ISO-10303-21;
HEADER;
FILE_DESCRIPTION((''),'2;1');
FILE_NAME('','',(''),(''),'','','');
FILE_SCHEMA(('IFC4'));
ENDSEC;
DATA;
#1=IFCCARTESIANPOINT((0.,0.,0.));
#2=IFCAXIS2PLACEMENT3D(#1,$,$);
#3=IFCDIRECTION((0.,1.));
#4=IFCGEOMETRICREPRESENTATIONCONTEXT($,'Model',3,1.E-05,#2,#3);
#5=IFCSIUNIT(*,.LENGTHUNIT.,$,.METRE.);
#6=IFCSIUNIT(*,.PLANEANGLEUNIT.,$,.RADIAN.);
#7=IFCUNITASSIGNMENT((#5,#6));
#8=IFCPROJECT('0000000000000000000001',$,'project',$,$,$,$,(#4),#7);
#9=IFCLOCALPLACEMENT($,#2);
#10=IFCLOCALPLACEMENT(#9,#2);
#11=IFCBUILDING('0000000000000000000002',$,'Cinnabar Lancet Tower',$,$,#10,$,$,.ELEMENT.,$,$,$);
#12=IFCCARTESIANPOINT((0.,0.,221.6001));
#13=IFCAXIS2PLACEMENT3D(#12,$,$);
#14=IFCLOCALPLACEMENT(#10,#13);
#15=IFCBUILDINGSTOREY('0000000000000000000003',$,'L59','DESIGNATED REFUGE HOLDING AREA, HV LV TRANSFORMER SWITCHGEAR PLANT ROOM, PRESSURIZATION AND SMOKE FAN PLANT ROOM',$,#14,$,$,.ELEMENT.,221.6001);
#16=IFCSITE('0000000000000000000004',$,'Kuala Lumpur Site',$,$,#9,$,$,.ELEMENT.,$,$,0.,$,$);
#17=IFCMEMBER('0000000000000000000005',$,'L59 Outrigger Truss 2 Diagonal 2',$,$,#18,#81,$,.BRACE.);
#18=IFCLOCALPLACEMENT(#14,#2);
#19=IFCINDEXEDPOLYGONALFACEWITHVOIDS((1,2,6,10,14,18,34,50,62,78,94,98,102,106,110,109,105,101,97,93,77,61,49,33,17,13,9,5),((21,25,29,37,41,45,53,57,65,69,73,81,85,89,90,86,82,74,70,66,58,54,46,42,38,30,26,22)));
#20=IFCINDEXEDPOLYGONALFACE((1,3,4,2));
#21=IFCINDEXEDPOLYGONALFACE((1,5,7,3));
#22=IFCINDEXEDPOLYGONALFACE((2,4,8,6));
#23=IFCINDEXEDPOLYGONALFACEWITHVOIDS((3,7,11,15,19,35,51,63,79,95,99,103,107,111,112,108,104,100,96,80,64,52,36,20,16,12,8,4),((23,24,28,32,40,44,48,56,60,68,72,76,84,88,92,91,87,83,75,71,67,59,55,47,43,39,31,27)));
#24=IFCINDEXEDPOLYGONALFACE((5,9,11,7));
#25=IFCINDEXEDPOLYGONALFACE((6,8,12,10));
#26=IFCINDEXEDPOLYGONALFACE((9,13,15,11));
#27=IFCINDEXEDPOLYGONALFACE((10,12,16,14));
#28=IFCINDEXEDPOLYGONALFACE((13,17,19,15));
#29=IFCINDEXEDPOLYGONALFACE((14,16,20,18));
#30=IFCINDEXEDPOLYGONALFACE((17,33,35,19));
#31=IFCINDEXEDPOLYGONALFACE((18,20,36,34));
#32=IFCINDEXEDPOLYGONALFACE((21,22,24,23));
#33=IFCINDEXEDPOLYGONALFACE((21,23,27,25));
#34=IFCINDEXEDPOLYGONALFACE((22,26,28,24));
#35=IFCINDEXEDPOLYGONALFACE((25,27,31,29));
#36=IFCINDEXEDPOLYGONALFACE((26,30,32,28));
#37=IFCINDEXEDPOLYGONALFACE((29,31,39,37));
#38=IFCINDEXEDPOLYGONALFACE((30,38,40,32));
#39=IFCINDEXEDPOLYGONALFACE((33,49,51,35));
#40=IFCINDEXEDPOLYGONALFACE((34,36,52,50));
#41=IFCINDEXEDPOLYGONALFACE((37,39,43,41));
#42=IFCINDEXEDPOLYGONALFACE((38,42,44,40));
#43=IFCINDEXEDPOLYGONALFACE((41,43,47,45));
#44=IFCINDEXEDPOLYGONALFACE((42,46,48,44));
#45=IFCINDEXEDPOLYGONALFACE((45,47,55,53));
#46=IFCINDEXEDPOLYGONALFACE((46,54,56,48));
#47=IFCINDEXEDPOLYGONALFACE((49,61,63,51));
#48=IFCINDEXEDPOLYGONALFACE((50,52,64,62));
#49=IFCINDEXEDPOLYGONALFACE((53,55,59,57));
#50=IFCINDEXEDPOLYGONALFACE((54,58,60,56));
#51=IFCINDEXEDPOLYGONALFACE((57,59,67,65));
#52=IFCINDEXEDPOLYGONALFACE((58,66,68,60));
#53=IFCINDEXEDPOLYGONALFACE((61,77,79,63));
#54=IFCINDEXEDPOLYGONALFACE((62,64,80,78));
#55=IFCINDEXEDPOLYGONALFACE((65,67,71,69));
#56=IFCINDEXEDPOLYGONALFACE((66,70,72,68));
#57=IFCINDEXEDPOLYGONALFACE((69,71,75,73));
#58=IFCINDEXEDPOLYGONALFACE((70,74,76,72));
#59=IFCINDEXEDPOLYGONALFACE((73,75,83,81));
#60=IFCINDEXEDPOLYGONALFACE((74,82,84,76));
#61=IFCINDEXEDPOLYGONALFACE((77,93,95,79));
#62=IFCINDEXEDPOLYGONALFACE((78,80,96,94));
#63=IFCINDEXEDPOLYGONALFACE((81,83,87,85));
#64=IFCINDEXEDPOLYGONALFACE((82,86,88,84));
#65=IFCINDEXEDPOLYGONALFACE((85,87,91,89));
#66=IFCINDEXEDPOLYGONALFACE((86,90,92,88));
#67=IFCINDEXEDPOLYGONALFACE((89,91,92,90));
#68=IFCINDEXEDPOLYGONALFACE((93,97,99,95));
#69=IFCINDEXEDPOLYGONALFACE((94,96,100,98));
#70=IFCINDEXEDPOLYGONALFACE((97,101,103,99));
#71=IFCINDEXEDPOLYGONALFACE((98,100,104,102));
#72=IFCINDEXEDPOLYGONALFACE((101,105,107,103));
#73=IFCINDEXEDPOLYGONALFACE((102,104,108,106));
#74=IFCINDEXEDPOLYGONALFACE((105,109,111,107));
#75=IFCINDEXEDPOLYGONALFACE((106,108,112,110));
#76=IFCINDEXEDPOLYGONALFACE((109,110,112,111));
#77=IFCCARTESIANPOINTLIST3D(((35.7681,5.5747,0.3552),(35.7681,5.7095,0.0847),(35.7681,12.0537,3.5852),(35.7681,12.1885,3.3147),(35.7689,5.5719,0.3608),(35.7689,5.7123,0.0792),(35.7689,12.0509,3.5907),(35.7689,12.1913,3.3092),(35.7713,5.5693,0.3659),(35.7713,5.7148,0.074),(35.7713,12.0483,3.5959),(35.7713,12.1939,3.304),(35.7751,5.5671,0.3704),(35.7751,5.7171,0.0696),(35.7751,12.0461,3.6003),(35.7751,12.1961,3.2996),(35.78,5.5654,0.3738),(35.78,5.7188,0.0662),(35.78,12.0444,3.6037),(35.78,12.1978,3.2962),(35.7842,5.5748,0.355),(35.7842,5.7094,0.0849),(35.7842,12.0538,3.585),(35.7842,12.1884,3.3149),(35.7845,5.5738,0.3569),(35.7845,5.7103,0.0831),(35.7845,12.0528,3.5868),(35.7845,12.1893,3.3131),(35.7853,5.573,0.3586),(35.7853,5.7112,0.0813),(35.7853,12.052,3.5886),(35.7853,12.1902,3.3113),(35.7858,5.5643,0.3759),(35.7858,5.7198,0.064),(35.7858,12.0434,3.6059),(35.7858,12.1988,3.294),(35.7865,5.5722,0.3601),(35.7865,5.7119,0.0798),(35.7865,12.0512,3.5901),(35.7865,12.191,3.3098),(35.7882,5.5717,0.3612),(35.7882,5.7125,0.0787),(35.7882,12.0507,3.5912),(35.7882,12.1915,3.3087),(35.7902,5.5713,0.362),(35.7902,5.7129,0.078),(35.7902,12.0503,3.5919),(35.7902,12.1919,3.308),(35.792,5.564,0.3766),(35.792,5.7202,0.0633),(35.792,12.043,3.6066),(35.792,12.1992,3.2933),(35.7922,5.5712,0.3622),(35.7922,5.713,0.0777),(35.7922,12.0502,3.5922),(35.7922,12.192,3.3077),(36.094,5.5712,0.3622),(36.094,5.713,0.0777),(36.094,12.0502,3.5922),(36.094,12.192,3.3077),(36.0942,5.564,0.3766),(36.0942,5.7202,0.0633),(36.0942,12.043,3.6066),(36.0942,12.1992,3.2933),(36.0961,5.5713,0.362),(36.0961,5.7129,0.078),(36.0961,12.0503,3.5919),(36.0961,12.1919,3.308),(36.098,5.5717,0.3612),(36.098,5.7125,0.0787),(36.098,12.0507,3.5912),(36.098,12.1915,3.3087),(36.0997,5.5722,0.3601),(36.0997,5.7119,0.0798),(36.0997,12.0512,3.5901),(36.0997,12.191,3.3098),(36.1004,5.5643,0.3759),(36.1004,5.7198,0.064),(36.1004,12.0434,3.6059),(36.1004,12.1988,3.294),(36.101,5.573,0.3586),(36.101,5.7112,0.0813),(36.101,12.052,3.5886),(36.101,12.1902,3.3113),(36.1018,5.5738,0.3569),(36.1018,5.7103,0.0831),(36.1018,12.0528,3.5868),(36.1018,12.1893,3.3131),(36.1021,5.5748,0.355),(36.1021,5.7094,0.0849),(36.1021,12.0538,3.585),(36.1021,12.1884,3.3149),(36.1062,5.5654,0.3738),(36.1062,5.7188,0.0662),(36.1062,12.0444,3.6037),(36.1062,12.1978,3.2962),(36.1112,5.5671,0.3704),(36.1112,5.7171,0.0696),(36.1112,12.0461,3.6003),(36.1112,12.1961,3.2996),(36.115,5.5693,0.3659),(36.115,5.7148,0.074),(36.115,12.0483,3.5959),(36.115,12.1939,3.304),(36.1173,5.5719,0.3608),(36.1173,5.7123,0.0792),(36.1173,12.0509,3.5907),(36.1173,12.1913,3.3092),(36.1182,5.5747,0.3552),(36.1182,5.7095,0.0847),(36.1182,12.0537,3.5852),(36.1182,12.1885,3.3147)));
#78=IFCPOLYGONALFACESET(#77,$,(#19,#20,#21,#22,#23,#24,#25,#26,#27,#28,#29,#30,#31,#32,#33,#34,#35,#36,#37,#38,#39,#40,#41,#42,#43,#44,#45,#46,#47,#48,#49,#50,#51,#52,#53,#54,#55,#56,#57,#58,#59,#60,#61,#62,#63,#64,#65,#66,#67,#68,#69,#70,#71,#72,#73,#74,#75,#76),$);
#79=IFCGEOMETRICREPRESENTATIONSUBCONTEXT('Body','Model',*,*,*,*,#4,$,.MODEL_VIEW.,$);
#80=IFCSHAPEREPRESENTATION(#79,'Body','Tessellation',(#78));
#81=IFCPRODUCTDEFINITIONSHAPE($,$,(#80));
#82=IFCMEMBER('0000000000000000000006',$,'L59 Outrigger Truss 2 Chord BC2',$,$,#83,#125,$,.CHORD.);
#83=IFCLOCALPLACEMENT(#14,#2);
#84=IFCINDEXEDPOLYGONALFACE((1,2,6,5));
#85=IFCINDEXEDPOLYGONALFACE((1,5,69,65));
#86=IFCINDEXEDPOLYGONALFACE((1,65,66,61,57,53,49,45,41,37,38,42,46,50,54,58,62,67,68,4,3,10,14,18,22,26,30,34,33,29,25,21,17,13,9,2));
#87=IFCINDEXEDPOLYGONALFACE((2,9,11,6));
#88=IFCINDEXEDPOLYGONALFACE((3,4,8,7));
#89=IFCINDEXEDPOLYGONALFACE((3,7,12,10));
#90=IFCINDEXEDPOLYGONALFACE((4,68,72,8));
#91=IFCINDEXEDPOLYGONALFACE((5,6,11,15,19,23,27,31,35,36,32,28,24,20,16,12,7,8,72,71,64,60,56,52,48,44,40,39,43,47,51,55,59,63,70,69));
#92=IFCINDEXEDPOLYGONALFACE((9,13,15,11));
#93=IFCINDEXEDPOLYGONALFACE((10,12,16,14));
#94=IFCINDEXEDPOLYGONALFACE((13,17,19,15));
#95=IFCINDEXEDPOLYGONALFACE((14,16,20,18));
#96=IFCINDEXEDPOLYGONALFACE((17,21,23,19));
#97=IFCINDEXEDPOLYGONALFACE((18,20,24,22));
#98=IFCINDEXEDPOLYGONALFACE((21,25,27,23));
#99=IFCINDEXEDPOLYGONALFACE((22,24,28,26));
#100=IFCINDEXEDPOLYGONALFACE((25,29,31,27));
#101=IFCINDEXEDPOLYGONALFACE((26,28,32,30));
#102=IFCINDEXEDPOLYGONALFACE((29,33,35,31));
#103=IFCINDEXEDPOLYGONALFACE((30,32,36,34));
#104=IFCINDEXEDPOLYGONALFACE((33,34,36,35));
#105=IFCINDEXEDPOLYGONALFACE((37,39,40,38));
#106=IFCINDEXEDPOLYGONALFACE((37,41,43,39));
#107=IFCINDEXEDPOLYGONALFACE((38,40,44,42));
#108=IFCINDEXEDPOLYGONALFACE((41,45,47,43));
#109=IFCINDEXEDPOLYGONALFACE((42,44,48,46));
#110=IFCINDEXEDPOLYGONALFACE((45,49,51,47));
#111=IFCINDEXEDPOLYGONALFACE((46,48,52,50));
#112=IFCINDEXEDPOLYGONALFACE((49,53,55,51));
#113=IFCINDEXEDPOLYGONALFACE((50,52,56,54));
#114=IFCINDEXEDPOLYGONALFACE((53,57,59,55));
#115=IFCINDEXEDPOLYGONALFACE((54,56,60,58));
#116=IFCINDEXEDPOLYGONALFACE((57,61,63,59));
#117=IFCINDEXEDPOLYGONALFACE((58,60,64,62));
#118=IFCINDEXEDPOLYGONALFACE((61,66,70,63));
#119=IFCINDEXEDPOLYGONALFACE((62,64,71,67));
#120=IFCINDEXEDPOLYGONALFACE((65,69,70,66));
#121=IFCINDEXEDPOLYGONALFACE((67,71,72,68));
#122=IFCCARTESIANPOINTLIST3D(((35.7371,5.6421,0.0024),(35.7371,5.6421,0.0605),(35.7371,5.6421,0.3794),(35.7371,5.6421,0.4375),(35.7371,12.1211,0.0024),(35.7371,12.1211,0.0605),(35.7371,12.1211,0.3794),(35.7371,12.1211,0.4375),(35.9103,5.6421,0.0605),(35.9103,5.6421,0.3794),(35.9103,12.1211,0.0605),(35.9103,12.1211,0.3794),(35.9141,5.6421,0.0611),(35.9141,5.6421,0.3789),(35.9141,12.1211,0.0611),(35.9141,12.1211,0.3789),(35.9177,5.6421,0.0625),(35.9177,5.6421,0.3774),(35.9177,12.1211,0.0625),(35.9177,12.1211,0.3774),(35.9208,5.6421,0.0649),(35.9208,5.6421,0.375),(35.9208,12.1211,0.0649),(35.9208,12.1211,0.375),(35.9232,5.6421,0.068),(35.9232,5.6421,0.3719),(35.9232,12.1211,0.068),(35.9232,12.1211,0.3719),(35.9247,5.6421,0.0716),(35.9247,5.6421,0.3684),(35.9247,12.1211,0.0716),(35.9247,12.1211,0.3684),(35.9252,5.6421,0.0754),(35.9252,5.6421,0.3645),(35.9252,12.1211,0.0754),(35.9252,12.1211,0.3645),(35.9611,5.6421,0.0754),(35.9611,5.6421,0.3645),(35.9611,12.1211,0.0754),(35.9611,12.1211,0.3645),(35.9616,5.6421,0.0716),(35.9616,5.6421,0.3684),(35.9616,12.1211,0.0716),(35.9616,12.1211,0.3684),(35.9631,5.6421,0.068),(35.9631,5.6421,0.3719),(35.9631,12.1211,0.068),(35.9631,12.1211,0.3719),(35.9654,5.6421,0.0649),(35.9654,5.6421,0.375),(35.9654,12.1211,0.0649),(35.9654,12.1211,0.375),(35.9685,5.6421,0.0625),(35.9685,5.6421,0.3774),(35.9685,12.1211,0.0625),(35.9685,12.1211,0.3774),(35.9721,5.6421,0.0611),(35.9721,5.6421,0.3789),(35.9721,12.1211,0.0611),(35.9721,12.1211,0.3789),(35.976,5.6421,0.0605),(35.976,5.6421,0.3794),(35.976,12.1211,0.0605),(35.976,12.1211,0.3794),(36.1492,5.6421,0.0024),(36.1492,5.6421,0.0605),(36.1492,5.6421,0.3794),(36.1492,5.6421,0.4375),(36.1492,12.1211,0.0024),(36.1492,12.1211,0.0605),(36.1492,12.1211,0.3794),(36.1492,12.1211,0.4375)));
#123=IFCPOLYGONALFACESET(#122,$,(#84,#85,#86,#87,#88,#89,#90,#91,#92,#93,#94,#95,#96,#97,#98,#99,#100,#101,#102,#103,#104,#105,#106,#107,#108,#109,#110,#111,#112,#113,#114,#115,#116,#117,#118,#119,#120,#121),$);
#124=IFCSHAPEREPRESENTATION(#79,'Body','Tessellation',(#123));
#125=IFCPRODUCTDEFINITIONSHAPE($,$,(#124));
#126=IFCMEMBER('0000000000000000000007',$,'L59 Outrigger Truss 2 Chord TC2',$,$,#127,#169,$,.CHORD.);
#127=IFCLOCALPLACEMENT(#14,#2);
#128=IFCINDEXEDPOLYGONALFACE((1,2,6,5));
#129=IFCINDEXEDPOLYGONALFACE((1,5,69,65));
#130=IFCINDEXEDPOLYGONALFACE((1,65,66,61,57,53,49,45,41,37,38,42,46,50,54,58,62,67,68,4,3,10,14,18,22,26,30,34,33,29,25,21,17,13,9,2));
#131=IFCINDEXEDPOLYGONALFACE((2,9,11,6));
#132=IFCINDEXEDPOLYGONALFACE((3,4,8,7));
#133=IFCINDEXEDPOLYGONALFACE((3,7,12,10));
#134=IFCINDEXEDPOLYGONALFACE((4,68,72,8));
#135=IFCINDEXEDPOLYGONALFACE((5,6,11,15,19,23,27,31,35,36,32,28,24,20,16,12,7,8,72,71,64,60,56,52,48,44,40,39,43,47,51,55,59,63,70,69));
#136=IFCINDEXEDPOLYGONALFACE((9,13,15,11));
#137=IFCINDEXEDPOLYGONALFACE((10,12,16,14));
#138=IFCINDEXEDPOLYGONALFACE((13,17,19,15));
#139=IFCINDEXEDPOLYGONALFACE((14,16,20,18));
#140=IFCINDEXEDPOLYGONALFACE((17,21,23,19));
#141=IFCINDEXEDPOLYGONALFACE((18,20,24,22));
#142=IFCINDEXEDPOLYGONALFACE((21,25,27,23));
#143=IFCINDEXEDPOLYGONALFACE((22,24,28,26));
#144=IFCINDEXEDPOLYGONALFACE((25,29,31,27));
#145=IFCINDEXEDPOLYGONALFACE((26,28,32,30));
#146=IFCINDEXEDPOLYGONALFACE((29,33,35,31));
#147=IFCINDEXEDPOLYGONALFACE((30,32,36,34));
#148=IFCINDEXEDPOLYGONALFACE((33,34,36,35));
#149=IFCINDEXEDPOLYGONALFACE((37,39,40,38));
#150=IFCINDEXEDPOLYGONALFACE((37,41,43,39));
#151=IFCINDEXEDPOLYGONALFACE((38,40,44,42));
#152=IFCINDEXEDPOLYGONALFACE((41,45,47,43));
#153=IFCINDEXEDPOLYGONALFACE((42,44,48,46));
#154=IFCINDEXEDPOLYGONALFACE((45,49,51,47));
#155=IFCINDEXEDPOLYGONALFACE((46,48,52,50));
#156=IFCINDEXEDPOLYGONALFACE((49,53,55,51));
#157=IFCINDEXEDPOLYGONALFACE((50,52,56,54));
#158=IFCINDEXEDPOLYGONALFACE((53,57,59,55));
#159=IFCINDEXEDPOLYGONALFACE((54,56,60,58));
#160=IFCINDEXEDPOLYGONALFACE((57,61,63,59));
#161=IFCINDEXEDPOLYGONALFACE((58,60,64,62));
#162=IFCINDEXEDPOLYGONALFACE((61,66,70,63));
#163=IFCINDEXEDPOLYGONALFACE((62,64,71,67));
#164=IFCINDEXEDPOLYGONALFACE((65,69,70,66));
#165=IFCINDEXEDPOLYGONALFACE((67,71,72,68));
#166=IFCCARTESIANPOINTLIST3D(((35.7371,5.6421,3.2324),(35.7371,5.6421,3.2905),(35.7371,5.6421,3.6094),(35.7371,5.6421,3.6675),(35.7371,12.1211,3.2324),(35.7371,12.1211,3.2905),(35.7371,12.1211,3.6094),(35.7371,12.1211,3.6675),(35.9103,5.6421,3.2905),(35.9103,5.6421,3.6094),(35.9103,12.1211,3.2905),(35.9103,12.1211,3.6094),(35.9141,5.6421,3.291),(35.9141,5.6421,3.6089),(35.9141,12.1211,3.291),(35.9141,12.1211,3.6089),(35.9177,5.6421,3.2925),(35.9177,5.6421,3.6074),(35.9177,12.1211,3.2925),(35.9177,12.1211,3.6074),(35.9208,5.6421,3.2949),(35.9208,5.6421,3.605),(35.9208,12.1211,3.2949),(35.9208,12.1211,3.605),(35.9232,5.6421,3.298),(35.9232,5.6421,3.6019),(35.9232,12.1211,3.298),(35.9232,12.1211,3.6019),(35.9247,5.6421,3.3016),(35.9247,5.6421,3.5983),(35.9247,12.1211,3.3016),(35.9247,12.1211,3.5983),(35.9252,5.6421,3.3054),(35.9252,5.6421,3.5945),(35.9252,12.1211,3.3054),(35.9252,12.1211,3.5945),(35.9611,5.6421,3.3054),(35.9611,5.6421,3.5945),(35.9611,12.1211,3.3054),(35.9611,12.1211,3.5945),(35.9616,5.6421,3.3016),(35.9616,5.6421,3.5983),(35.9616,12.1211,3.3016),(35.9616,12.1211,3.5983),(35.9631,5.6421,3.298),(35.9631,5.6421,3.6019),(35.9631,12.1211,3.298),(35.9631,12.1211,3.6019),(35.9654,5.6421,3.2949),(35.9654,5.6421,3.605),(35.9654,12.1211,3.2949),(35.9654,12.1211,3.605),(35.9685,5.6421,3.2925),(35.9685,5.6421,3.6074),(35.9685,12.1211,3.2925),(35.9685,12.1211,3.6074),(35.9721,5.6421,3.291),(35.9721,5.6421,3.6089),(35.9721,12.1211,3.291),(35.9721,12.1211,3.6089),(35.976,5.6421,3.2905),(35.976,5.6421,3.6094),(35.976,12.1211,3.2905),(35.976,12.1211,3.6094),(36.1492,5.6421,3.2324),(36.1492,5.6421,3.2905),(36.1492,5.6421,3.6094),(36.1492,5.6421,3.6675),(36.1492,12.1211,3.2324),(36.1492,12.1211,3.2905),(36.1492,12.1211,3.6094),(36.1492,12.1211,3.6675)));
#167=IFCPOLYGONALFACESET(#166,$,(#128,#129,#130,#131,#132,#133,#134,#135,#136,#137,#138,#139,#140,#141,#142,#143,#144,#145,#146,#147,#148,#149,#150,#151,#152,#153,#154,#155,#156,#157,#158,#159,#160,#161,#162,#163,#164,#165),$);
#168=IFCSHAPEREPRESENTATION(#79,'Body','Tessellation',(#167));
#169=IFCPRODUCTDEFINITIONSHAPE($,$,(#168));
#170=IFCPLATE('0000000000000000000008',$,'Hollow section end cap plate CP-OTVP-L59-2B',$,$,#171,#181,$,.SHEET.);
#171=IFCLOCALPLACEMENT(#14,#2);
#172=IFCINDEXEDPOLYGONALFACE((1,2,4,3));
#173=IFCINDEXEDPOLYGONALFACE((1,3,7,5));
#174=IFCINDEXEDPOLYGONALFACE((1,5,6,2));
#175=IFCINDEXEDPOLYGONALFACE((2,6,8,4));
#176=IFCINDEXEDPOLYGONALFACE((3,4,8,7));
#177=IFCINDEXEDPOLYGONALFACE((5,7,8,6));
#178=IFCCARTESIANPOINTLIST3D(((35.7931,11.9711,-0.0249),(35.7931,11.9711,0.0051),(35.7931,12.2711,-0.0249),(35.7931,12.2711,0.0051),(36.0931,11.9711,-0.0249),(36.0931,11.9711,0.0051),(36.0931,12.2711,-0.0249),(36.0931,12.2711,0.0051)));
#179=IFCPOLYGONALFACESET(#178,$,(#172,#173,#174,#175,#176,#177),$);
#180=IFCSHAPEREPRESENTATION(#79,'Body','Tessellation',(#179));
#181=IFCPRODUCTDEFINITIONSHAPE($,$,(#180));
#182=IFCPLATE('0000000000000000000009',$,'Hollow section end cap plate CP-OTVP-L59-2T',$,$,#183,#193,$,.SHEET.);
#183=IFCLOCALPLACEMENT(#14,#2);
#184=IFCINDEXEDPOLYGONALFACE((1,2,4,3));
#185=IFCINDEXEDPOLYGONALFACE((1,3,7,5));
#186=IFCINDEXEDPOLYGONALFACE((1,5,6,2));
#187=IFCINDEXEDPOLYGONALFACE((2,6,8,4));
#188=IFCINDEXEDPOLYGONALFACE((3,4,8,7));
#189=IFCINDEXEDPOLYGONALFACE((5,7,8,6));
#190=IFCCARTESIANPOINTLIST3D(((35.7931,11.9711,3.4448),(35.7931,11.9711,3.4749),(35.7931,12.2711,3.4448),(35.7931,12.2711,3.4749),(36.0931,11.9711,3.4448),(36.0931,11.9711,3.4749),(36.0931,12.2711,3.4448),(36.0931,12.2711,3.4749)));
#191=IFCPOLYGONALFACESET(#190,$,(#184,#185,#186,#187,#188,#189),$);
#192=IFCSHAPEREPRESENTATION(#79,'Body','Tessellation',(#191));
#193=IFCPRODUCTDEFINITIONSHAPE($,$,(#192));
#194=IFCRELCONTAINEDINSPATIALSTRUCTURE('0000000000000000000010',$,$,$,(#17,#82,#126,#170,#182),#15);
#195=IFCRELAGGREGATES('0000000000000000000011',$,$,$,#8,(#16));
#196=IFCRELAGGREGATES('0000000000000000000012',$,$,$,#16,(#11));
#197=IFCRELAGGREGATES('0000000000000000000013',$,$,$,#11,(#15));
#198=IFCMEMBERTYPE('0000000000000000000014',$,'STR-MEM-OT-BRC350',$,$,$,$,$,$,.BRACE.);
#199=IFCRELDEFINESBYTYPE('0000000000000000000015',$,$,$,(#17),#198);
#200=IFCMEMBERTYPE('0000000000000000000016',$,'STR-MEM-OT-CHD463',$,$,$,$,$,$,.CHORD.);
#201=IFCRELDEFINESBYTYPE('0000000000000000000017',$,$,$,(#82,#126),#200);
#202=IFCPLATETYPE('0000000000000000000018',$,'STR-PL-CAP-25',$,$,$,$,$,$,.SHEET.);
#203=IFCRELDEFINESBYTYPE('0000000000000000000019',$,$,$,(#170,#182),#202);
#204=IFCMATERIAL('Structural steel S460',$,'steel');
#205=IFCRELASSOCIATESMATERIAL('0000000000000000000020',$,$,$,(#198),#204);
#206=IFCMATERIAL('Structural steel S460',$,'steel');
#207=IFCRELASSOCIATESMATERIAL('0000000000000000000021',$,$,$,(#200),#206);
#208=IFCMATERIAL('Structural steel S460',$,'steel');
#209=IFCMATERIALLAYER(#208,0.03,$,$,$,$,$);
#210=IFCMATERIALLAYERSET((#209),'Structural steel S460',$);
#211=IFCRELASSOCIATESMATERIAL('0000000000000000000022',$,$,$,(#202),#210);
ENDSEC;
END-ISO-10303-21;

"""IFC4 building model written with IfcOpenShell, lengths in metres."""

from ifc_helpers import new_model, si_unit, direction, frame, origin, origin_2d, place, context, subcontext, project, spatial, rectangle, hollow_rectangle, i_section, extrude, material, layer, layer_set, material_profile, profile_set, type_object, element, save


model = new_model("IFC4")

# Units and contexts
model_context = context("Model", 3, precision=1e-05, world=origin(), true_north=direction((0.0, 1.0)))
body_context = subcontext(model_context, "Body", "Model", "MODEL_VIEW")
ifc_project = project(units=[si_unit("LENGTHUNIT", "METRE"), si_unit("PLANEANGLEUNIT", "RADIAN")], contexts=[model_context])

# Site, building, storey
site_placement = place(None, origin())
site = spatial("IfcSite", under=ifc_project, at=site_placement, Name="Kuala Lumpur Site", CompositionType="ELEMENT", RefElevation=0.0)
building_placement = place(site_placement, origin())
building = spatial("IfcBuilding", under=site, at=building_placement, Name="Cinnabar Lancet Tower", CompositionType="ELEMENT")
storey_placement = place(building_placement, frame((0.0, 0.0, 221.6001)))
storey = spatial("IfcBuildingStorey", under=building, at=storey_placement, Name="L59", Description="DESIGNATED REFUGE HOLDING AREA, HV LV TRANSFORMER SWITCHGEAR PLANT ROOM, PRESSURIZATION AND SMOKE FAN PLANT ROOM", CompositionType="ELEMENT", Elevation=221.6001)

# Members
ifc_material_1 = material(Name="Structural steel S460", Category="steel")
ifc_material_profile_1 = material_profile(ifc_material_1, hollow_rectangle(XDim=0.3501, YDim=0.3501, WallThickness=0.0161, InnerFilletRadius=0.0081, OuterFilletRadius=0.0239, at=origin_2d()), Name="SHS 350x350x16")
ifc_profile_set_1 = profile_set([ifc_material_profile_1], Name="Structural steel S460")
member_type_1 = type_object("IfcMemberType", Name="STR-MEM-OT-BRC350", PredefinedType="BRACE", material=ifc_profile_set_1)
member_1_placement = place(storey_placement, frame((35.9431, 12.1211, 3.45), z_axis=(0.0, -0.894953, -0.446161), x_axis=(1.0, 0.0, 0.0)))
element("IfcMember", 1, at=member_1_placement, inside=storey, type_object=member_type_1, Name="L59 Outrigger Truss 2 Diagonal 2", PredefinedType="BRACE", context=body_context, shape_type="SweptSolid", body=[
    extrude(hollow_rectangle(XDim=0.3501, YDim=0.3501, WallThickness=0.0161, InnerFilletRadius=0.0081, OuterFilletRadius=0.0239, at=origin_2d()), origin(), (0.0, 0.0, 1.0), 7.2395),
])
ifc_material_2 = material(Name="Structural steel S460", Category="steel")
ifc_material_profile_2 = material_profile(ifc_material_2, i_section(OverallWidth=0.4121, OverallDepth=0.4351, WebThickness=0.0359, FlangeThickness=0.0581, FilletRadius=0.0149, at=origin_2d()), Name="HD 400x463")
ifc_profile_set_2 = profile_set([ifc_material_profile_2], Name="Structural steel S460")
member_type_2 = type_object("IfcMemberType", Name="STR-MEM-OT-CHD463", PredefinedType="CHORD", material=ifc_profile_set_2)
for number, where, z_axis, x_axis, name in (
    (2, (35.9431, 12.1211, 0.22), (0.0, -1.0, 0.0), (1.0, 0.0, 0.0), "L59 Outrigger Truss 2 Chord BC2"),
    (3, (35.9431, 12.1211, 3.45), (0.0, -1.0, 0.0), (1.0, 0.0, 0.0), "L59 Outrigger Truss 2 Chord TC2"),
):
    element("IfcMember", number, at=place(storey_placement, frame(where, z_axis=z_axis, x_axis=x_axis)), inside=storey, type_object=member_type_2, Name=name, PredefinedType="CHORD", context=body_context, shape_type="SweptSolid", body=[
        extrude(i_section(OverallWidth=0.4121, OverallDepth=0.4351, WebThickness=0.0359, FlangeThickness=0.0581, FilletRadius=0.0149, at=origin_2d()), origin(), (0.0, 0.0, 1.0), 6.479),
    ])

# Plates
ifc_material_3 = material(Name="Structural steel S460", Category="steel")
ifc_layer_1 = layer(ifc_material_3, 0.03)
ifc_layer_set_1 = layer_set([ifc_layer_1], Name="Structural steel S460")
plate_type_1 = type_object("IfcPlateType", Name="STR-PL-CAP-25", PredefinedType="SHEET", material=ifc_layer_set_1)
for number, where, z_axis, x_axis, name in (
    (4, (35.9431, 12.1211, -0.0249), (0.0, 0.0, 1.0), (1.0, 0.0, 0.0), "Hollow section end cap plate CP-OTVP-L59-2B"),
    (5, (35.9431, 12.1211, 3.4448), (0.0, 0.0, 1.0), (1.0, 0.0, 0.0), "Hollow section end cap plate CP-OTVP-L59-2T"),
):
    element("IfcPlate", number, at=place(storey_placement, frame(where, z_axis=z_axis, x_axis=x_axis)), inside=storey, type_object=plate_type_1, Name=name, PredefinedType="SHEET", context=body_context, shape_type="SweptSolid", body=[
        extrude(rectangle(XDim=0.3, YDim=0.3, at=origin_2d()), origin(), (0.0, 0.0, 1.0), 0.03),
    ])

save(model, "model.ifc")
